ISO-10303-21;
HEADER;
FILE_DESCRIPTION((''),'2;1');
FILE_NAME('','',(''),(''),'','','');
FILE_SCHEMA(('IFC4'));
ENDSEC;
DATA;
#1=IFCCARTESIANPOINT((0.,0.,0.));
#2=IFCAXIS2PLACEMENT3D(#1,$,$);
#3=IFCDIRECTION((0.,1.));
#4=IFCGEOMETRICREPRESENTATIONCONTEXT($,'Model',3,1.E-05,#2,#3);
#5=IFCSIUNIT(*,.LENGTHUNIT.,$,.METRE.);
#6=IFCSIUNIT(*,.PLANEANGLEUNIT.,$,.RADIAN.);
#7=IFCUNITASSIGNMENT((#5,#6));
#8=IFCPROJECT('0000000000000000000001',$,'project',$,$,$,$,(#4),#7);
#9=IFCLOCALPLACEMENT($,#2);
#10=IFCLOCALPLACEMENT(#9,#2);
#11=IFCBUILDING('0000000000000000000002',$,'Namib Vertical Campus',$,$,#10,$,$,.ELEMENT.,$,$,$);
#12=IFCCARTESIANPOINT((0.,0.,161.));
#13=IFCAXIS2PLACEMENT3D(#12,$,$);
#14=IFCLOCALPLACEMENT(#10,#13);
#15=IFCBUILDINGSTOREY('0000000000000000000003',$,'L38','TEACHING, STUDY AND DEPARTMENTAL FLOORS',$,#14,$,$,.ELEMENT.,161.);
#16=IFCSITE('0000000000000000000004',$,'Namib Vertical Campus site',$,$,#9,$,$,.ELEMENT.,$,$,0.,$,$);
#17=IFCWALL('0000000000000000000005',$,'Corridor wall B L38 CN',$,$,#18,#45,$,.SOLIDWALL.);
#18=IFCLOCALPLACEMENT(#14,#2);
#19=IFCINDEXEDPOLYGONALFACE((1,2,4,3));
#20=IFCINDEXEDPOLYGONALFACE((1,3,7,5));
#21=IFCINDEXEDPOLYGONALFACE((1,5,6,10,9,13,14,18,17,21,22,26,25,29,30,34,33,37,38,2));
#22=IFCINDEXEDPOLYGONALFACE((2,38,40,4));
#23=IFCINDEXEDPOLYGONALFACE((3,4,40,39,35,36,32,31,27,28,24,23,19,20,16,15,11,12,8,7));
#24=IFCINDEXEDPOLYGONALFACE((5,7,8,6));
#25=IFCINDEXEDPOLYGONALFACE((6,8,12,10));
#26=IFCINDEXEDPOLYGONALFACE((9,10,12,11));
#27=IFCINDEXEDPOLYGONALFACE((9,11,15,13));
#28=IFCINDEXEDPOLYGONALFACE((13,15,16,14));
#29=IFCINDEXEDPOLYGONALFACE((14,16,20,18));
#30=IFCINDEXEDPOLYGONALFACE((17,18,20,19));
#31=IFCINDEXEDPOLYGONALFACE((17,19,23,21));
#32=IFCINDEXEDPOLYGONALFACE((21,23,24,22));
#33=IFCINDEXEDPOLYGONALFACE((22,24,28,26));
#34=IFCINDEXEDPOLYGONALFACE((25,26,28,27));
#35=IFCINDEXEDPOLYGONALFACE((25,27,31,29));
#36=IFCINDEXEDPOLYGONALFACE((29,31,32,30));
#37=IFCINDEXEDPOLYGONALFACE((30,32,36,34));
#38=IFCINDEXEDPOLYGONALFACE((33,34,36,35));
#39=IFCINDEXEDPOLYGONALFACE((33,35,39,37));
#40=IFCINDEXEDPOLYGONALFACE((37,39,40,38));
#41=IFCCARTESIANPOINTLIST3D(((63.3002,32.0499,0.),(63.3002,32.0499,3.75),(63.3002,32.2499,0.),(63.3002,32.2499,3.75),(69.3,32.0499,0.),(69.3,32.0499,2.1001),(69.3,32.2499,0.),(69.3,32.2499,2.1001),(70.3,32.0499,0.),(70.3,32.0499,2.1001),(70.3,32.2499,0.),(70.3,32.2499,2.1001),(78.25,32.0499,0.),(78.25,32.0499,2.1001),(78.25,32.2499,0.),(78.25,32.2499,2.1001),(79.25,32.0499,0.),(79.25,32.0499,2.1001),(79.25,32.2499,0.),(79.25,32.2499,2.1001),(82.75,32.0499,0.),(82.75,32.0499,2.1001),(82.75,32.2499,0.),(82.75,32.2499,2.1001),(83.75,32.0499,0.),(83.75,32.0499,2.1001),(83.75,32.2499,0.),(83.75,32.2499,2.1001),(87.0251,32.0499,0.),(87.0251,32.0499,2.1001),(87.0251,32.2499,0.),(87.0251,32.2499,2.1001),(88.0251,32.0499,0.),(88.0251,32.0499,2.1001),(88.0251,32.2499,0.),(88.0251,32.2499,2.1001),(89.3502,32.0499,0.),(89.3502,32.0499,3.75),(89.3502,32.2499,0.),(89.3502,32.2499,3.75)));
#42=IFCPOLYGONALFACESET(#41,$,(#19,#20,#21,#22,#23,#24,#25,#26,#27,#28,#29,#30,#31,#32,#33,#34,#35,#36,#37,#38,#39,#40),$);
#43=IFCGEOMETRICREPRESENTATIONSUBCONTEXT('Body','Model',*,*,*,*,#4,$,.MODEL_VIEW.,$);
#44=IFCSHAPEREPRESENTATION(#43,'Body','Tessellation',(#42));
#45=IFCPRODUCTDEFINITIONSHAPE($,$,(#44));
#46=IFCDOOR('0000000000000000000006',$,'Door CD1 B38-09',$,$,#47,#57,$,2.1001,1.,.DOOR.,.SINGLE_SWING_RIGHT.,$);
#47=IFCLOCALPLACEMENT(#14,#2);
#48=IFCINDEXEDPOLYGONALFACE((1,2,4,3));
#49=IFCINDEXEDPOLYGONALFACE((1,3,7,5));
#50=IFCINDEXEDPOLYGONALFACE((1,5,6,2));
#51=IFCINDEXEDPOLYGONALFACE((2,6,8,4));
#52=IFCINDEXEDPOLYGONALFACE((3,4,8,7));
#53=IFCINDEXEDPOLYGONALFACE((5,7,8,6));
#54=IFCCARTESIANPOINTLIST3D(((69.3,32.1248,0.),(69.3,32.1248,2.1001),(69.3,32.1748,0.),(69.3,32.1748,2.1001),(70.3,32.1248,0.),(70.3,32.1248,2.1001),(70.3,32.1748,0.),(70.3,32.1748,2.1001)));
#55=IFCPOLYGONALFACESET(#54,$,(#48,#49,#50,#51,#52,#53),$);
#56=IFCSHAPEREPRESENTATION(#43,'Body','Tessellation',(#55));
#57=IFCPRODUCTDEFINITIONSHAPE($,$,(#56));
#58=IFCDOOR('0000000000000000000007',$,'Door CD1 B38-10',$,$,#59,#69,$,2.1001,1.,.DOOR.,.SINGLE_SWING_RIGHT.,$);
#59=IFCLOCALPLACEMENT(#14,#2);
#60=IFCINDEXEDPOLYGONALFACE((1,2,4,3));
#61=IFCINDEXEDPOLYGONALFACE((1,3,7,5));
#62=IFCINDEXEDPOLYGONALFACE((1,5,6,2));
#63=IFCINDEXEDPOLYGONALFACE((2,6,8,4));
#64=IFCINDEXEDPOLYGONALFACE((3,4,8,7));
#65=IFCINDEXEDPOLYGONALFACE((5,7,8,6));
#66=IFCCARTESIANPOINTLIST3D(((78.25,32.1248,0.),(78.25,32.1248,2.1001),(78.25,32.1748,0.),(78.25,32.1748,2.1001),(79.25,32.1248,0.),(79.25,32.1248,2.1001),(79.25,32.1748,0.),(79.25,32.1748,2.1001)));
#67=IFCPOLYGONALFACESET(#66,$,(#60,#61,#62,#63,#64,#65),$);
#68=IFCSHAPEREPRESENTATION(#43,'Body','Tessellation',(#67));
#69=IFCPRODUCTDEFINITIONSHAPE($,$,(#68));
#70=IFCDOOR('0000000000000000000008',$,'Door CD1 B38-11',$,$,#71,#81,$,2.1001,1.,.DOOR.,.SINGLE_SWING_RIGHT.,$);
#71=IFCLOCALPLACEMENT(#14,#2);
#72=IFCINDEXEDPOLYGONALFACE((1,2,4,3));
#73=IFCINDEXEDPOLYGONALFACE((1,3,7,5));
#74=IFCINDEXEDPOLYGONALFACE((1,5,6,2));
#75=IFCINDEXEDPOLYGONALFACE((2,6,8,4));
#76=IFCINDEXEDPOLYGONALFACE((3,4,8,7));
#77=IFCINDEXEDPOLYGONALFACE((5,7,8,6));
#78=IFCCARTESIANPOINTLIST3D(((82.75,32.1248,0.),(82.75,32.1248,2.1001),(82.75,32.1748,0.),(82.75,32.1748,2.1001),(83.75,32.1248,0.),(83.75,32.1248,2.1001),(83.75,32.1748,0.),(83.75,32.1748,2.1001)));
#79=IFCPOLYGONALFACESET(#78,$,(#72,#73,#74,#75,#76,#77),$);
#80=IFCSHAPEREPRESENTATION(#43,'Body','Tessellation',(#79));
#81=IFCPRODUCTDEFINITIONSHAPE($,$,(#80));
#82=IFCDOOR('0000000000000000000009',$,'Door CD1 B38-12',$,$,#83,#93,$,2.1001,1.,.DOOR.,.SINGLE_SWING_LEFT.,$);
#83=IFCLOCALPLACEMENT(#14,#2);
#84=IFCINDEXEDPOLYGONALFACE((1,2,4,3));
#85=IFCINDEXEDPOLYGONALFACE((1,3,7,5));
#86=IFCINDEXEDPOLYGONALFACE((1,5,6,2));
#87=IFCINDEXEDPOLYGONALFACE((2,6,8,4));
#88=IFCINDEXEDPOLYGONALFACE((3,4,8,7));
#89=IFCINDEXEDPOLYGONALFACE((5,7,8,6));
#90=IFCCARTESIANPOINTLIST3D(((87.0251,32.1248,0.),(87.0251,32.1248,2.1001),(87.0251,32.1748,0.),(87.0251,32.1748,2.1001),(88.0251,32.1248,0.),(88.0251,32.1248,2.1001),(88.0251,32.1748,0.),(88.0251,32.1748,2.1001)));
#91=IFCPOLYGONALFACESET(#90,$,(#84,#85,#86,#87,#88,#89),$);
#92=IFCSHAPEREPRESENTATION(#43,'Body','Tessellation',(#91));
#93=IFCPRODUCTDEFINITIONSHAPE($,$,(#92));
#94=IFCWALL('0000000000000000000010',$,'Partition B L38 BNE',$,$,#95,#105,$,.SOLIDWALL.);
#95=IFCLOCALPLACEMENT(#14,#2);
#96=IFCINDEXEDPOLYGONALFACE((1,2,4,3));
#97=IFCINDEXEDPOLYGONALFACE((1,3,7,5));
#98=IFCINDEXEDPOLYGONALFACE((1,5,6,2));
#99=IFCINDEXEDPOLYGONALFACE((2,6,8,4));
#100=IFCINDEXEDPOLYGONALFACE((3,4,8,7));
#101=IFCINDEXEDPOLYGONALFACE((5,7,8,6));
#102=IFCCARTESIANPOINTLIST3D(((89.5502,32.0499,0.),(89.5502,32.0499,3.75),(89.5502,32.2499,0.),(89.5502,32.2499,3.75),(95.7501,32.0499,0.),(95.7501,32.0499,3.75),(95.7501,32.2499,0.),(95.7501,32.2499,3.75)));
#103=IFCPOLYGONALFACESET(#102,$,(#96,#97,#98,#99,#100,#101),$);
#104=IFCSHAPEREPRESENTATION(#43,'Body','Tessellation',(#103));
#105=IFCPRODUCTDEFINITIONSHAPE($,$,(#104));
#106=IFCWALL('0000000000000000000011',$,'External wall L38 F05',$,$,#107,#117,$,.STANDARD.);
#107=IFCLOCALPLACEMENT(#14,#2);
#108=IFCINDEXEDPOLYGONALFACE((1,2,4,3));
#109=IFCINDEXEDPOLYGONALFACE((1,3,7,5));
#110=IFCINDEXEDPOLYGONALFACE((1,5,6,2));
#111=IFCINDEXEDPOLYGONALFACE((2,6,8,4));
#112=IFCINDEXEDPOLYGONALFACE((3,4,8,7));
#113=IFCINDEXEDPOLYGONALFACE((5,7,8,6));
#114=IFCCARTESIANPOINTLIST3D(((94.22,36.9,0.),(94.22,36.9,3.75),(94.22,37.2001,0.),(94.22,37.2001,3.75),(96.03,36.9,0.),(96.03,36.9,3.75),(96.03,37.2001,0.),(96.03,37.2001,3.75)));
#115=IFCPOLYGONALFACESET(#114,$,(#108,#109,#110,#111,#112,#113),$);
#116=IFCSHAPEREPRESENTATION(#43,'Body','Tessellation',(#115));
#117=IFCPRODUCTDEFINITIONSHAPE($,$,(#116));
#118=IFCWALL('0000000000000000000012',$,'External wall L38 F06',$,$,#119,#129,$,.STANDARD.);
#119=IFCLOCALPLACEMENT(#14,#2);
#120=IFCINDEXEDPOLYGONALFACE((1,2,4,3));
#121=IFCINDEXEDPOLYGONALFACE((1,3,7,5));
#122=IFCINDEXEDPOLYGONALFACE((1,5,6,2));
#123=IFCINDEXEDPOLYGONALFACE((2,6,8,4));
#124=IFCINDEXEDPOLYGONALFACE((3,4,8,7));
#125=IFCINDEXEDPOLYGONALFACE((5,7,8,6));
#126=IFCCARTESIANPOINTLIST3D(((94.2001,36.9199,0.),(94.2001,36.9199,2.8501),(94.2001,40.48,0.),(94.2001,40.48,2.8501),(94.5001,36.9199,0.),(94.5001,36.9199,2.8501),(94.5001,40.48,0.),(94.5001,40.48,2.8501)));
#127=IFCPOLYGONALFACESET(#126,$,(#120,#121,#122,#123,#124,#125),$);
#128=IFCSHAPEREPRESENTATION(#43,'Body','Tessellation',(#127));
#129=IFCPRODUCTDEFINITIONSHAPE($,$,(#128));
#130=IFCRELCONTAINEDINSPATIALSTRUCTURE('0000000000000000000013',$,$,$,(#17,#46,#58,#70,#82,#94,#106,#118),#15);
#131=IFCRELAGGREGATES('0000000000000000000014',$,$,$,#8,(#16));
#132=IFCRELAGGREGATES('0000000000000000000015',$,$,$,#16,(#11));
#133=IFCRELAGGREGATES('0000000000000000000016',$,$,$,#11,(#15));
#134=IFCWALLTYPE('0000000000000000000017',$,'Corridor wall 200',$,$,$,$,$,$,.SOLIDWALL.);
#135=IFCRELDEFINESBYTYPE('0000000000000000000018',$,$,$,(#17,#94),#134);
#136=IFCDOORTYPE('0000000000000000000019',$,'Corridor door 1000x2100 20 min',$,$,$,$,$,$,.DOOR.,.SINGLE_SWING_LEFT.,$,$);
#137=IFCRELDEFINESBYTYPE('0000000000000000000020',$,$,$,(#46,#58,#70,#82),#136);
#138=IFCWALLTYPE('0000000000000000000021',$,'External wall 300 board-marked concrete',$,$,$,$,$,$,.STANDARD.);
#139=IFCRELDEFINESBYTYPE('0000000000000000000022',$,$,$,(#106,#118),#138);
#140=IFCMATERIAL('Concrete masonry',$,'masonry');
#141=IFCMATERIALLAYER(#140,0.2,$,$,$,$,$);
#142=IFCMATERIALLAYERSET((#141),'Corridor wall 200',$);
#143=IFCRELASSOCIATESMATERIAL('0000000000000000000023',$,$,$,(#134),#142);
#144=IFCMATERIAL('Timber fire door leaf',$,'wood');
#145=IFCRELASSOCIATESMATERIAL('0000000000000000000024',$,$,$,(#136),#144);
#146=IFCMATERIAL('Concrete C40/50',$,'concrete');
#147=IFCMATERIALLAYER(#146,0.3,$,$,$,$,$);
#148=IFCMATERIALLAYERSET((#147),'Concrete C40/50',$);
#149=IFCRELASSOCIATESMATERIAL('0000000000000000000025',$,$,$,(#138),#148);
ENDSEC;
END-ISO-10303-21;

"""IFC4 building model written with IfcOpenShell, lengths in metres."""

from ifc_helpers import new_model, si_unit, direction, frame, frame_2d, origin, place, context, subcontext, project, spatial, rectangle, extrude, material, layer, layer_set, type_object, element, fill, save


model = new_model("IFC4")

# Units and contexts
model_context = context("Model", 3, precision=1e-05, world=origin(), true_north=direction((0.0, 1.0)))
body_context = subcontext(model_context, "Body", "Model", "MODEL_VIEW")
ifc_project = project(units=[si_unit("LENGTHUNIT", "METRE"), si_unit("PLANEANGLEUNIT", "RADIAN")], contexts=[model_context])

# Site, building, storey
site_placement = place(None, origin())
site = spatial("IfcSite", under=ifc_project, at=site_placement, Name="Namib Vertical Campus site", CompositionType="ELEMENT", RefElevation=0.0)
building_placement = place(site_placement, origin())
building = spatial("IfcBuilding", under=site, at=building_placement, Name="Namib Vertical Campus", CompositionType="ELEMENT")
storey_placement = place(building_placement, frame((0.0, 0.0, 161.0)))
storey = spatial("IfcBuildingStorey", under=building, at=storey_placement, Name="L38", Description="TEACHING, STUDY AND DEPARTMENTAL FLOORS", CompositionType="ELEMENT", Elevation=161.0)

# Wall, openings, doors
ifc_material_1 = material(Name="Concrete masonry", Category="masonry")
ifc_layer_1 = layer(ifc_material_1, 0.2)
ifc_layer_set_1 = layer_set([ifc_layer_1], Name="Corridor wall 200")
wall_type_1 = type_object("IfcWallType", Name="Corridor wall 200", PredefinedType="SOLIDWALL", material=ifc_layer_set_1)
wall_1_placement = place(storey_placement, frame((89.3501, 32.1499, 0.0), z_axis=(0.0, 0.0, 1.0), x_axis=(-1.0, 0.0, 0.0)))
wall_1 = element("IfcWall", 1, at=wall_1_placement, inside=storey, type_object=wall_type_1, Name="Corridor wall B L38 CN", PredefinedType="SOLIDWALL", context=body_context, shape_type="SweptSolid", body=[
    extrude(rectangle(XDim=26.05, YDim=0.2, at=frame_2d((13.0249, 0.0))), origin(), (0.0, 0.0, 1.0), 3.75),
])
opening_1_placement = place(wall_1_placement, frame((19.05, 0.0, 0.0)))
opening_1 = element("IfcOpeningElement", 2, at=opening_1_placement, cuts=wall_1, PredefinedType="OPENING", context=body_context, shape_type="SweptSolid", body=[
    extrude(rectangle(XDim=1.0, YDim=2.1001, at=frame_2d((0.5, 1.05))), frame((0.0, 0.1099, 0.0), z_axis=(0.0, -1.0, 0.0), x_axis=(1.0, 0.0, 0.0)), (0.0, 0.0, 1.0), 0.22),
])
opening_2_placement = place(wall_1_placement, frame((10.1001, 0.0, 0.0)))
opening_2 = element("IfcOpeningElement", 3, at=opening_2_placement, cuts=wall_1, PredefinedType="OPENING", context=body_context, shape_type="SweptSolid", body=[
    extrude(rectangle(XDim=1.0, YDim=2.1001, at=frame_2d((0.5, 1.05))), frame((0.0, 0.1099, 0.0), z_axis=(0.0, -1.0, 0.0), x_axis=(1.0, 0.0, 0.0)), (0.0, 0.0, 1.0), 0.22),
])
opening_3_placement = place(wall_1_placement, frame((5.6001, 0.0, 0.0)))
opening_3 = element("IfcOpeningElement", 4, at=opening_3_placement, cuts=wall_1, PredefinedType="OPENING", context=body_context, shape_type="SweptSolid", body=[
    extrude(rectangle(XDim=1.0, YDim=2.1001, at=frame_2d((0.5, 1.05))), frame((0.0, 0.1099, 0.0), z_axis=(0.0, -1.0, 0.0), x_axis=(1.0, 0.0, 0.0)), (0.0, 0.0, 1.0), 0.22),
])
opening_4_placement = place(wall_1_placement, frame((1.325, 0.0, 0.0)))
opening_4 = element("IfcOpeningElement", 5, at=opening_4_placement, cuts=wall_1, PredefinedType="OPENING", context=body_context, shape_type="SweptSolid", body=[
    extrude(rectangle(XDim=1.0, YDim=2.1001, at=frame_2d((0.5, 1.05))), frame((0.0, 0.1099, 0.0), z_axis=(0.0, -1.0, 0.0), x_axis=(1.0, 0.0, 0.0)), (0.0, 0.0, 1.0), 0.22),
])
ifc_material_2 = material(Name="Timber fire door leaf", Category="wood")
door_type_1 = type_object("IfcDoorType", Name="Corridor door 1000x2100 20 min", OperationType="SINGLE_SWING_LEFT", PredefinedType="DOOR", material=ifc_material_2)
door_1_placement = place(opening_1_placement, frame((1.0, 0.0, 0.0), z_axis=(0.0, 0.0, 1.0), x_axis=(-1.0, 0.0, 0.0)))
door_1 = element("IfcDoor", 6, at=door_1_placement, inside=storey, type_object=door_type_1, Name="Door CD1 B38-09", OperationType="SINGLE_SWING_RIGHT", OverallHeight=2.1001, OverallWidth=1.0, PredefinedType="DOOR", context=body_context, shape_type="SweptSolid", body=[
    extrude(rectangle(XDim=1.0, YDim=2.1001, at=frame_2d((0.5, 1.05))), frame((0.0, 0.0249, 0.0), z_axis=(0.0, -1.0, 0.0), x_axis=(1.0, 0.0, 0.0)), (0.0, 0.0, 1.0), 0.05),
])
fill(opening_1, door_1)
door_2_placement = place(opening_2_placement, frame((1.0, 0.0, 0.0), z_axis=(0.0, 0.0, 1.0), x_axis=(-1.0, 0.0, 0.0)))
door_2 = element("IfcDoor", 7, at=door_2_placement, inside=storey, type_object=door_type_1, Name="Door CD1 B38-10", OperationType="SINGLE_SWING_RIGHT", OverallHeight=2.1001, OverallWidth=1.0, PredefinedType="DOOR", context=body_context, shape_type="SweptSolid", body=[
    extrude(rectangle(XDim=1.0, YDim=2.1001, at=frame_2d((0.5, 1.05))), frame((0.0, 0.0249, 0.0), z_axis=(0.0, -1.0, 0.0), x_axis=(1.0, 0.0, 0.0)), (0.0, 0.0, 1.0), 0.05),
])
fill(opening_2, door_2)
door_3_placement = place(opening_3_placement, frame((1.0, 0.0, 0.0), z_axis=(0.0, 0.0, 1.0), x_axis=(-1.0, 0.0, 0.0)))
door_3 = element("IfcDoor", 8, at=door_3_placement, inside=storey, type_object=door_type_1, Name="Door CD1 B38-11", OperationType="SINGLE_SWING_RIGHT", OverallHeight=2.1001, OverallWidth=1.0, PredefinedType="DOOR", context=body_context, shape_type="SweptSolid", body=[
    extrude(rectangle(XDim=1.0, YDim=2.1001, at=frame_2d((0.5, 1.05))), frame((0.0, 0.0249, 0.0), z_axis=(0.0, -1.0, 0.0), x_axis=(1.0, 0.0, 0.0)), (0.0, 0.0, 1.0), 0.05),
])
fill(opening_3, door_3)
door_4_placement = place(opening_4_placement, frame((1.0, 0.0, 0.0), z_axis=(0.0, 0.0, 1.0), x_axis=(-1.0, 0.0, 0.0)))
door_4 = element("IfcDoor", 9, at=door_4_placement, inside=storey, type_object=door_type_1, Name="Door CD1 B38-12", OperationType="SINGLE_SWING_LEFT", OverallHeight=2.1001, OverallWidth=1.0, PredefinedType="DOOR", context=body_context, shape_type="SweptSolid", body=[
    extrude(rectangle(XDim=1.0, YDim=2.1001, at=frame_2d((0.5, 1.05))), frame((0.0, 0.0249, 0.0), z_axis=(0.0, -1.0, 0.0), x_axis=(1.0, 0.0, 0.0)), (0.0, 0.0, 1.0), 0.05),
])
fill(opening_4, door_4)

# Walls
wall_2_placement = place(storey_placement, frame((89.55, 32.1499, 0.0), z_axis=(0.0, 0.0, 1.0), x_axis=(1.0, 0.0, 0.0)))
element("IfcWall", 10, at=wall_2_placement, inside=storey, type_object=wall_type_1, Name="Partition B L38 BNE", PredefinedType="SOLIDWALL", context=body_context, shape_type="SweptSolid", body=[
    extrude(rectangle(XDim=6.2, YDim=0.2, at=frame_2d((3.1001, 0.0))), origin(), (0.0, 0.0, 1.0), 3.75),
])
ifc_material_3 = material(Name="Concrete C40/50", Category="concrete")
ifc_layer_2 = layer(ifc_material_3, 0.3)
ifc_layer_set_2 = layer_set([ifc_layer_2], Name="Concrete C40/50")
wall_type_2 = type_object("IfcWallType", Name="External wall 300 board-marked concrete", PredefinedType="STANDARD", material=ifc_layer_set_2)
wall_3_placement = place(storey_placement, frame((96.03, 37.05, 0.0), z_axis=(0.0, 0.0, 1.0), x_axis=(-1.0, 0.0, 0.0)))
element("IfcWall", 11, at=wall_3_placement, inside=storey, type_object=wall_type_2, Name="External wall L38 F05", PredefinedType="STANDARD", context=body_context, shape_type="SweptSolid", body=[
    extrude(rectangle(XDim=1.8101, YDim=0.3, at=frame_2d((0.905, 0.0))), origin(), (0.0, 0.0, 1.0), 3.75),
])
wall_4_placement = place(storey_placement, frame((94.3501, 36.9199, 0.0), z_axis=(0.0, 0.0, 1.0), x_axis=(0.0, 1.0, 0.0)))
element("IfcWall", 12, at=wall_4_placement, inside=storey, type_object=wall_type_2, Name="External wall L38 F06", PredefinedType="STANDARD", context=body_context, shape_type="SweptSolid", body=[
    extrude(rectangle(XDim=3.5601, YDim=0.3, at=frame_2d((1.78, 0.0))), origin(), (0.0, 0.0, 1.0), 2.8501),
])

save(model, "model.ifc")
